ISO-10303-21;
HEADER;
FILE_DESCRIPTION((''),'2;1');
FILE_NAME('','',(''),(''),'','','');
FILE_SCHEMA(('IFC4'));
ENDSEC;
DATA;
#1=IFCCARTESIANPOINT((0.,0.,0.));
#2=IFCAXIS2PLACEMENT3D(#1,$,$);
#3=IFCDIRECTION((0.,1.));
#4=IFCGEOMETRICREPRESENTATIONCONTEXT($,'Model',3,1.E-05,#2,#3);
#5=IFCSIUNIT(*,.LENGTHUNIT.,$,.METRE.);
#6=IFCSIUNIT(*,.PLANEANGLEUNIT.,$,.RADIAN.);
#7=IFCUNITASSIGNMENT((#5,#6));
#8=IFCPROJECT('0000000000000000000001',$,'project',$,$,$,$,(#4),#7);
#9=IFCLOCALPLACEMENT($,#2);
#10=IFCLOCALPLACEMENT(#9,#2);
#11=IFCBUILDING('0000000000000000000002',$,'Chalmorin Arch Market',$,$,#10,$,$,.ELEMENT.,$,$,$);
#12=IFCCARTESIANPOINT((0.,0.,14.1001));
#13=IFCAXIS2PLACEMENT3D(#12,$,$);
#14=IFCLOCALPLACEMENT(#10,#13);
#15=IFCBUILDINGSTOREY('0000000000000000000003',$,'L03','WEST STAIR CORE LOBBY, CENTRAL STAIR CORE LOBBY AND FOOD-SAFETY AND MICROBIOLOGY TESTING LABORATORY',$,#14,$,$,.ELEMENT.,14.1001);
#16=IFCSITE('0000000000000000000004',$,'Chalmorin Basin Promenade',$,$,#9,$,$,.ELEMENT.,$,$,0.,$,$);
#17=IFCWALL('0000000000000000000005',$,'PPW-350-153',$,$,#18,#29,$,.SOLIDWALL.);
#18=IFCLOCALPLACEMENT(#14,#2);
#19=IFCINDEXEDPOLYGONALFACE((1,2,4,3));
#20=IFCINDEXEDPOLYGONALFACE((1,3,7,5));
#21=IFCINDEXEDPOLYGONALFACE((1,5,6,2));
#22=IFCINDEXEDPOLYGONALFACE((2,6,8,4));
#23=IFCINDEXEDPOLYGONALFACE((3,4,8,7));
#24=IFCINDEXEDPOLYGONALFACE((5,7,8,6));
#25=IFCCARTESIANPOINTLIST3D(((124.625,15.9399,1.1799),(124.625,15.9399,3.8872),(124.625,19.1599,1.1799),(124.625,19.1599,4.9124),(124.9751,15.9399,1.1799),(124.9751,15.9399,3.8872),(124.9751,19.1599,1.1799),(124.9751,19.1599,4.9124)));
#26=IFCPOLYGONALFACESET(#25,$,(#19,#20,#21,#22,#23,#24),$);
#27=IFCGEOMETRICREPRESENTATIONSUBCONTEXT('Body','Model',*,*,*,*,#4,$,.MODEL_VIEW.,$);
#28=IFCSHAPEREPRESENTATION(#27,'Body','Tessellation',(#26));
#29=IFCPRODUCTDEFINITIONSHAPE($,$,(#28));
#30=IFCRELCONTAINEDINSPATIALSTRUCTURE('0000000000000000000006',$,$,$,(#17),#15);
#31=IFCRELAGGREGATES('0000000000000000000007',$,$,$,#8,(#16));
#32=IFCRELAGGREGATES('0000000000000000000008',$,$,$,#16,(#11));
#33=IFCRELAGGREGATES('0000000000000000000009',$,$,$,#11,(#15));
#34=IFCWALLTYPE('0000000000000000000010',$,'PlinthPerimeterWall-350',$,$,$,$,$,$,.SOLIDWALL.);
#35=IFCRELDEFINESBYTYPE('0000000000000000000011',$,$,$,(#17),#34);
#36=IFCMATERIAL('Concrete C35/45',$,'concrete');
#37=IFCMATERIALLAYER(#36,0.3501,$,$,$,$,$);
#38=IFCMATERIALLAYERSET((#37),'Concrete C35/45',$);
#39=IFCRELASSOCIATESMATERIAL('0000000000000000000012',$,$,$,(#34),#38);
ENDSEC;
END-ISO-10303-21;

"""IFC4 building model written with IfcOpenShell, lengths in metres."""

from ifc_helpers import new_model, si_unit, direction, frame, origin, place, context, subcontext, project, spatial, polyline, outline, extrude, material, layer, layer_set, type_object, element, save


model = new_model("IFC4")

# Units and contexts
model_context = context("Model", 3, precision=1e-05, world=origin(), true_north=direction((0.0, 1.0)))
body_context = subcontext(model_context, "Body", "Model", "MODEL_VIEW")
ifc_project = project(units=[si_unit("LENGTHUNIT", "METRE"), si_unit("PLANEANGLEUNIT", "RADIAN")], contexts=[model_context])

# Site, building, storey
site_placement = place(None, origin())
site = spatial("IfcSite", under=ifc_project, at=site_placement, Name="Chalmorin Basin Promenade", CompositionType="ELEMENT", RefElevation=0.0)
building_placement = place(site_placement, origin())
building = spatial("IfcBuilding", under=site, at=building_placement, Name="Chalmorin Arch Market", CompositionType="ELEMENT")
storey_placement = place(building_placement, frame((0.0, 0.0, 14.1001)))
storey = spatial("IfcBuildingStorey", under=building, at=storey_placement, Name="L03", Description="WEST STAIR CORE LOBBY, CENTRAL STAIR CORE LOBBY AND FOOD-SAFETY AND MICROBIOLOGY TESTING LABORATORY", CompositionType="ELEMENT", Elevation=14.1001)

# Wall
ifc_material_1 = material(Name="Concrete C35/45", Category="concrete")
ifc_layer_1 = layer(ifc_material_1, 0.3501)
ifc_layer_set_1 = layer_set([ifc_layer_1], Name="Concrete C35/45")
wall_type = type_object("IfcWallType", Name="PlinthPerimeterWall-350", PredefinedType="SOLIDWALL", material=ifc_layer_set_1)
wall_1_placement = place(storey_placement, frame((124.8, 15.9399, 1.1799), z_axis=(0.0, 0.0, 1.0), x_axis=(0.0, 1.0, 0.0)))
element("IfcWall", 1, at=wall_1_placement, inside=storey, type_object=wall_type, Name="PPW-350-153", PredefinedType="SOLIDWALL", context=body_context, shape_type="SweptSolid", body=[
    extrude(outline(polyline([(0.0, 0.0), (3.22, 0.0), (3.22, 3.7324), (0.0, 2.7073), (0.0, 0.0)])), frame((0.0, 0.175, 0.0), z_axis=(0.0, -1.0, 0.0), x_axis=(1.0, 0.0, 0.0)), (0.0, 0.0, 1.0), 0.3501),
])

save(model, "model.ifc")
